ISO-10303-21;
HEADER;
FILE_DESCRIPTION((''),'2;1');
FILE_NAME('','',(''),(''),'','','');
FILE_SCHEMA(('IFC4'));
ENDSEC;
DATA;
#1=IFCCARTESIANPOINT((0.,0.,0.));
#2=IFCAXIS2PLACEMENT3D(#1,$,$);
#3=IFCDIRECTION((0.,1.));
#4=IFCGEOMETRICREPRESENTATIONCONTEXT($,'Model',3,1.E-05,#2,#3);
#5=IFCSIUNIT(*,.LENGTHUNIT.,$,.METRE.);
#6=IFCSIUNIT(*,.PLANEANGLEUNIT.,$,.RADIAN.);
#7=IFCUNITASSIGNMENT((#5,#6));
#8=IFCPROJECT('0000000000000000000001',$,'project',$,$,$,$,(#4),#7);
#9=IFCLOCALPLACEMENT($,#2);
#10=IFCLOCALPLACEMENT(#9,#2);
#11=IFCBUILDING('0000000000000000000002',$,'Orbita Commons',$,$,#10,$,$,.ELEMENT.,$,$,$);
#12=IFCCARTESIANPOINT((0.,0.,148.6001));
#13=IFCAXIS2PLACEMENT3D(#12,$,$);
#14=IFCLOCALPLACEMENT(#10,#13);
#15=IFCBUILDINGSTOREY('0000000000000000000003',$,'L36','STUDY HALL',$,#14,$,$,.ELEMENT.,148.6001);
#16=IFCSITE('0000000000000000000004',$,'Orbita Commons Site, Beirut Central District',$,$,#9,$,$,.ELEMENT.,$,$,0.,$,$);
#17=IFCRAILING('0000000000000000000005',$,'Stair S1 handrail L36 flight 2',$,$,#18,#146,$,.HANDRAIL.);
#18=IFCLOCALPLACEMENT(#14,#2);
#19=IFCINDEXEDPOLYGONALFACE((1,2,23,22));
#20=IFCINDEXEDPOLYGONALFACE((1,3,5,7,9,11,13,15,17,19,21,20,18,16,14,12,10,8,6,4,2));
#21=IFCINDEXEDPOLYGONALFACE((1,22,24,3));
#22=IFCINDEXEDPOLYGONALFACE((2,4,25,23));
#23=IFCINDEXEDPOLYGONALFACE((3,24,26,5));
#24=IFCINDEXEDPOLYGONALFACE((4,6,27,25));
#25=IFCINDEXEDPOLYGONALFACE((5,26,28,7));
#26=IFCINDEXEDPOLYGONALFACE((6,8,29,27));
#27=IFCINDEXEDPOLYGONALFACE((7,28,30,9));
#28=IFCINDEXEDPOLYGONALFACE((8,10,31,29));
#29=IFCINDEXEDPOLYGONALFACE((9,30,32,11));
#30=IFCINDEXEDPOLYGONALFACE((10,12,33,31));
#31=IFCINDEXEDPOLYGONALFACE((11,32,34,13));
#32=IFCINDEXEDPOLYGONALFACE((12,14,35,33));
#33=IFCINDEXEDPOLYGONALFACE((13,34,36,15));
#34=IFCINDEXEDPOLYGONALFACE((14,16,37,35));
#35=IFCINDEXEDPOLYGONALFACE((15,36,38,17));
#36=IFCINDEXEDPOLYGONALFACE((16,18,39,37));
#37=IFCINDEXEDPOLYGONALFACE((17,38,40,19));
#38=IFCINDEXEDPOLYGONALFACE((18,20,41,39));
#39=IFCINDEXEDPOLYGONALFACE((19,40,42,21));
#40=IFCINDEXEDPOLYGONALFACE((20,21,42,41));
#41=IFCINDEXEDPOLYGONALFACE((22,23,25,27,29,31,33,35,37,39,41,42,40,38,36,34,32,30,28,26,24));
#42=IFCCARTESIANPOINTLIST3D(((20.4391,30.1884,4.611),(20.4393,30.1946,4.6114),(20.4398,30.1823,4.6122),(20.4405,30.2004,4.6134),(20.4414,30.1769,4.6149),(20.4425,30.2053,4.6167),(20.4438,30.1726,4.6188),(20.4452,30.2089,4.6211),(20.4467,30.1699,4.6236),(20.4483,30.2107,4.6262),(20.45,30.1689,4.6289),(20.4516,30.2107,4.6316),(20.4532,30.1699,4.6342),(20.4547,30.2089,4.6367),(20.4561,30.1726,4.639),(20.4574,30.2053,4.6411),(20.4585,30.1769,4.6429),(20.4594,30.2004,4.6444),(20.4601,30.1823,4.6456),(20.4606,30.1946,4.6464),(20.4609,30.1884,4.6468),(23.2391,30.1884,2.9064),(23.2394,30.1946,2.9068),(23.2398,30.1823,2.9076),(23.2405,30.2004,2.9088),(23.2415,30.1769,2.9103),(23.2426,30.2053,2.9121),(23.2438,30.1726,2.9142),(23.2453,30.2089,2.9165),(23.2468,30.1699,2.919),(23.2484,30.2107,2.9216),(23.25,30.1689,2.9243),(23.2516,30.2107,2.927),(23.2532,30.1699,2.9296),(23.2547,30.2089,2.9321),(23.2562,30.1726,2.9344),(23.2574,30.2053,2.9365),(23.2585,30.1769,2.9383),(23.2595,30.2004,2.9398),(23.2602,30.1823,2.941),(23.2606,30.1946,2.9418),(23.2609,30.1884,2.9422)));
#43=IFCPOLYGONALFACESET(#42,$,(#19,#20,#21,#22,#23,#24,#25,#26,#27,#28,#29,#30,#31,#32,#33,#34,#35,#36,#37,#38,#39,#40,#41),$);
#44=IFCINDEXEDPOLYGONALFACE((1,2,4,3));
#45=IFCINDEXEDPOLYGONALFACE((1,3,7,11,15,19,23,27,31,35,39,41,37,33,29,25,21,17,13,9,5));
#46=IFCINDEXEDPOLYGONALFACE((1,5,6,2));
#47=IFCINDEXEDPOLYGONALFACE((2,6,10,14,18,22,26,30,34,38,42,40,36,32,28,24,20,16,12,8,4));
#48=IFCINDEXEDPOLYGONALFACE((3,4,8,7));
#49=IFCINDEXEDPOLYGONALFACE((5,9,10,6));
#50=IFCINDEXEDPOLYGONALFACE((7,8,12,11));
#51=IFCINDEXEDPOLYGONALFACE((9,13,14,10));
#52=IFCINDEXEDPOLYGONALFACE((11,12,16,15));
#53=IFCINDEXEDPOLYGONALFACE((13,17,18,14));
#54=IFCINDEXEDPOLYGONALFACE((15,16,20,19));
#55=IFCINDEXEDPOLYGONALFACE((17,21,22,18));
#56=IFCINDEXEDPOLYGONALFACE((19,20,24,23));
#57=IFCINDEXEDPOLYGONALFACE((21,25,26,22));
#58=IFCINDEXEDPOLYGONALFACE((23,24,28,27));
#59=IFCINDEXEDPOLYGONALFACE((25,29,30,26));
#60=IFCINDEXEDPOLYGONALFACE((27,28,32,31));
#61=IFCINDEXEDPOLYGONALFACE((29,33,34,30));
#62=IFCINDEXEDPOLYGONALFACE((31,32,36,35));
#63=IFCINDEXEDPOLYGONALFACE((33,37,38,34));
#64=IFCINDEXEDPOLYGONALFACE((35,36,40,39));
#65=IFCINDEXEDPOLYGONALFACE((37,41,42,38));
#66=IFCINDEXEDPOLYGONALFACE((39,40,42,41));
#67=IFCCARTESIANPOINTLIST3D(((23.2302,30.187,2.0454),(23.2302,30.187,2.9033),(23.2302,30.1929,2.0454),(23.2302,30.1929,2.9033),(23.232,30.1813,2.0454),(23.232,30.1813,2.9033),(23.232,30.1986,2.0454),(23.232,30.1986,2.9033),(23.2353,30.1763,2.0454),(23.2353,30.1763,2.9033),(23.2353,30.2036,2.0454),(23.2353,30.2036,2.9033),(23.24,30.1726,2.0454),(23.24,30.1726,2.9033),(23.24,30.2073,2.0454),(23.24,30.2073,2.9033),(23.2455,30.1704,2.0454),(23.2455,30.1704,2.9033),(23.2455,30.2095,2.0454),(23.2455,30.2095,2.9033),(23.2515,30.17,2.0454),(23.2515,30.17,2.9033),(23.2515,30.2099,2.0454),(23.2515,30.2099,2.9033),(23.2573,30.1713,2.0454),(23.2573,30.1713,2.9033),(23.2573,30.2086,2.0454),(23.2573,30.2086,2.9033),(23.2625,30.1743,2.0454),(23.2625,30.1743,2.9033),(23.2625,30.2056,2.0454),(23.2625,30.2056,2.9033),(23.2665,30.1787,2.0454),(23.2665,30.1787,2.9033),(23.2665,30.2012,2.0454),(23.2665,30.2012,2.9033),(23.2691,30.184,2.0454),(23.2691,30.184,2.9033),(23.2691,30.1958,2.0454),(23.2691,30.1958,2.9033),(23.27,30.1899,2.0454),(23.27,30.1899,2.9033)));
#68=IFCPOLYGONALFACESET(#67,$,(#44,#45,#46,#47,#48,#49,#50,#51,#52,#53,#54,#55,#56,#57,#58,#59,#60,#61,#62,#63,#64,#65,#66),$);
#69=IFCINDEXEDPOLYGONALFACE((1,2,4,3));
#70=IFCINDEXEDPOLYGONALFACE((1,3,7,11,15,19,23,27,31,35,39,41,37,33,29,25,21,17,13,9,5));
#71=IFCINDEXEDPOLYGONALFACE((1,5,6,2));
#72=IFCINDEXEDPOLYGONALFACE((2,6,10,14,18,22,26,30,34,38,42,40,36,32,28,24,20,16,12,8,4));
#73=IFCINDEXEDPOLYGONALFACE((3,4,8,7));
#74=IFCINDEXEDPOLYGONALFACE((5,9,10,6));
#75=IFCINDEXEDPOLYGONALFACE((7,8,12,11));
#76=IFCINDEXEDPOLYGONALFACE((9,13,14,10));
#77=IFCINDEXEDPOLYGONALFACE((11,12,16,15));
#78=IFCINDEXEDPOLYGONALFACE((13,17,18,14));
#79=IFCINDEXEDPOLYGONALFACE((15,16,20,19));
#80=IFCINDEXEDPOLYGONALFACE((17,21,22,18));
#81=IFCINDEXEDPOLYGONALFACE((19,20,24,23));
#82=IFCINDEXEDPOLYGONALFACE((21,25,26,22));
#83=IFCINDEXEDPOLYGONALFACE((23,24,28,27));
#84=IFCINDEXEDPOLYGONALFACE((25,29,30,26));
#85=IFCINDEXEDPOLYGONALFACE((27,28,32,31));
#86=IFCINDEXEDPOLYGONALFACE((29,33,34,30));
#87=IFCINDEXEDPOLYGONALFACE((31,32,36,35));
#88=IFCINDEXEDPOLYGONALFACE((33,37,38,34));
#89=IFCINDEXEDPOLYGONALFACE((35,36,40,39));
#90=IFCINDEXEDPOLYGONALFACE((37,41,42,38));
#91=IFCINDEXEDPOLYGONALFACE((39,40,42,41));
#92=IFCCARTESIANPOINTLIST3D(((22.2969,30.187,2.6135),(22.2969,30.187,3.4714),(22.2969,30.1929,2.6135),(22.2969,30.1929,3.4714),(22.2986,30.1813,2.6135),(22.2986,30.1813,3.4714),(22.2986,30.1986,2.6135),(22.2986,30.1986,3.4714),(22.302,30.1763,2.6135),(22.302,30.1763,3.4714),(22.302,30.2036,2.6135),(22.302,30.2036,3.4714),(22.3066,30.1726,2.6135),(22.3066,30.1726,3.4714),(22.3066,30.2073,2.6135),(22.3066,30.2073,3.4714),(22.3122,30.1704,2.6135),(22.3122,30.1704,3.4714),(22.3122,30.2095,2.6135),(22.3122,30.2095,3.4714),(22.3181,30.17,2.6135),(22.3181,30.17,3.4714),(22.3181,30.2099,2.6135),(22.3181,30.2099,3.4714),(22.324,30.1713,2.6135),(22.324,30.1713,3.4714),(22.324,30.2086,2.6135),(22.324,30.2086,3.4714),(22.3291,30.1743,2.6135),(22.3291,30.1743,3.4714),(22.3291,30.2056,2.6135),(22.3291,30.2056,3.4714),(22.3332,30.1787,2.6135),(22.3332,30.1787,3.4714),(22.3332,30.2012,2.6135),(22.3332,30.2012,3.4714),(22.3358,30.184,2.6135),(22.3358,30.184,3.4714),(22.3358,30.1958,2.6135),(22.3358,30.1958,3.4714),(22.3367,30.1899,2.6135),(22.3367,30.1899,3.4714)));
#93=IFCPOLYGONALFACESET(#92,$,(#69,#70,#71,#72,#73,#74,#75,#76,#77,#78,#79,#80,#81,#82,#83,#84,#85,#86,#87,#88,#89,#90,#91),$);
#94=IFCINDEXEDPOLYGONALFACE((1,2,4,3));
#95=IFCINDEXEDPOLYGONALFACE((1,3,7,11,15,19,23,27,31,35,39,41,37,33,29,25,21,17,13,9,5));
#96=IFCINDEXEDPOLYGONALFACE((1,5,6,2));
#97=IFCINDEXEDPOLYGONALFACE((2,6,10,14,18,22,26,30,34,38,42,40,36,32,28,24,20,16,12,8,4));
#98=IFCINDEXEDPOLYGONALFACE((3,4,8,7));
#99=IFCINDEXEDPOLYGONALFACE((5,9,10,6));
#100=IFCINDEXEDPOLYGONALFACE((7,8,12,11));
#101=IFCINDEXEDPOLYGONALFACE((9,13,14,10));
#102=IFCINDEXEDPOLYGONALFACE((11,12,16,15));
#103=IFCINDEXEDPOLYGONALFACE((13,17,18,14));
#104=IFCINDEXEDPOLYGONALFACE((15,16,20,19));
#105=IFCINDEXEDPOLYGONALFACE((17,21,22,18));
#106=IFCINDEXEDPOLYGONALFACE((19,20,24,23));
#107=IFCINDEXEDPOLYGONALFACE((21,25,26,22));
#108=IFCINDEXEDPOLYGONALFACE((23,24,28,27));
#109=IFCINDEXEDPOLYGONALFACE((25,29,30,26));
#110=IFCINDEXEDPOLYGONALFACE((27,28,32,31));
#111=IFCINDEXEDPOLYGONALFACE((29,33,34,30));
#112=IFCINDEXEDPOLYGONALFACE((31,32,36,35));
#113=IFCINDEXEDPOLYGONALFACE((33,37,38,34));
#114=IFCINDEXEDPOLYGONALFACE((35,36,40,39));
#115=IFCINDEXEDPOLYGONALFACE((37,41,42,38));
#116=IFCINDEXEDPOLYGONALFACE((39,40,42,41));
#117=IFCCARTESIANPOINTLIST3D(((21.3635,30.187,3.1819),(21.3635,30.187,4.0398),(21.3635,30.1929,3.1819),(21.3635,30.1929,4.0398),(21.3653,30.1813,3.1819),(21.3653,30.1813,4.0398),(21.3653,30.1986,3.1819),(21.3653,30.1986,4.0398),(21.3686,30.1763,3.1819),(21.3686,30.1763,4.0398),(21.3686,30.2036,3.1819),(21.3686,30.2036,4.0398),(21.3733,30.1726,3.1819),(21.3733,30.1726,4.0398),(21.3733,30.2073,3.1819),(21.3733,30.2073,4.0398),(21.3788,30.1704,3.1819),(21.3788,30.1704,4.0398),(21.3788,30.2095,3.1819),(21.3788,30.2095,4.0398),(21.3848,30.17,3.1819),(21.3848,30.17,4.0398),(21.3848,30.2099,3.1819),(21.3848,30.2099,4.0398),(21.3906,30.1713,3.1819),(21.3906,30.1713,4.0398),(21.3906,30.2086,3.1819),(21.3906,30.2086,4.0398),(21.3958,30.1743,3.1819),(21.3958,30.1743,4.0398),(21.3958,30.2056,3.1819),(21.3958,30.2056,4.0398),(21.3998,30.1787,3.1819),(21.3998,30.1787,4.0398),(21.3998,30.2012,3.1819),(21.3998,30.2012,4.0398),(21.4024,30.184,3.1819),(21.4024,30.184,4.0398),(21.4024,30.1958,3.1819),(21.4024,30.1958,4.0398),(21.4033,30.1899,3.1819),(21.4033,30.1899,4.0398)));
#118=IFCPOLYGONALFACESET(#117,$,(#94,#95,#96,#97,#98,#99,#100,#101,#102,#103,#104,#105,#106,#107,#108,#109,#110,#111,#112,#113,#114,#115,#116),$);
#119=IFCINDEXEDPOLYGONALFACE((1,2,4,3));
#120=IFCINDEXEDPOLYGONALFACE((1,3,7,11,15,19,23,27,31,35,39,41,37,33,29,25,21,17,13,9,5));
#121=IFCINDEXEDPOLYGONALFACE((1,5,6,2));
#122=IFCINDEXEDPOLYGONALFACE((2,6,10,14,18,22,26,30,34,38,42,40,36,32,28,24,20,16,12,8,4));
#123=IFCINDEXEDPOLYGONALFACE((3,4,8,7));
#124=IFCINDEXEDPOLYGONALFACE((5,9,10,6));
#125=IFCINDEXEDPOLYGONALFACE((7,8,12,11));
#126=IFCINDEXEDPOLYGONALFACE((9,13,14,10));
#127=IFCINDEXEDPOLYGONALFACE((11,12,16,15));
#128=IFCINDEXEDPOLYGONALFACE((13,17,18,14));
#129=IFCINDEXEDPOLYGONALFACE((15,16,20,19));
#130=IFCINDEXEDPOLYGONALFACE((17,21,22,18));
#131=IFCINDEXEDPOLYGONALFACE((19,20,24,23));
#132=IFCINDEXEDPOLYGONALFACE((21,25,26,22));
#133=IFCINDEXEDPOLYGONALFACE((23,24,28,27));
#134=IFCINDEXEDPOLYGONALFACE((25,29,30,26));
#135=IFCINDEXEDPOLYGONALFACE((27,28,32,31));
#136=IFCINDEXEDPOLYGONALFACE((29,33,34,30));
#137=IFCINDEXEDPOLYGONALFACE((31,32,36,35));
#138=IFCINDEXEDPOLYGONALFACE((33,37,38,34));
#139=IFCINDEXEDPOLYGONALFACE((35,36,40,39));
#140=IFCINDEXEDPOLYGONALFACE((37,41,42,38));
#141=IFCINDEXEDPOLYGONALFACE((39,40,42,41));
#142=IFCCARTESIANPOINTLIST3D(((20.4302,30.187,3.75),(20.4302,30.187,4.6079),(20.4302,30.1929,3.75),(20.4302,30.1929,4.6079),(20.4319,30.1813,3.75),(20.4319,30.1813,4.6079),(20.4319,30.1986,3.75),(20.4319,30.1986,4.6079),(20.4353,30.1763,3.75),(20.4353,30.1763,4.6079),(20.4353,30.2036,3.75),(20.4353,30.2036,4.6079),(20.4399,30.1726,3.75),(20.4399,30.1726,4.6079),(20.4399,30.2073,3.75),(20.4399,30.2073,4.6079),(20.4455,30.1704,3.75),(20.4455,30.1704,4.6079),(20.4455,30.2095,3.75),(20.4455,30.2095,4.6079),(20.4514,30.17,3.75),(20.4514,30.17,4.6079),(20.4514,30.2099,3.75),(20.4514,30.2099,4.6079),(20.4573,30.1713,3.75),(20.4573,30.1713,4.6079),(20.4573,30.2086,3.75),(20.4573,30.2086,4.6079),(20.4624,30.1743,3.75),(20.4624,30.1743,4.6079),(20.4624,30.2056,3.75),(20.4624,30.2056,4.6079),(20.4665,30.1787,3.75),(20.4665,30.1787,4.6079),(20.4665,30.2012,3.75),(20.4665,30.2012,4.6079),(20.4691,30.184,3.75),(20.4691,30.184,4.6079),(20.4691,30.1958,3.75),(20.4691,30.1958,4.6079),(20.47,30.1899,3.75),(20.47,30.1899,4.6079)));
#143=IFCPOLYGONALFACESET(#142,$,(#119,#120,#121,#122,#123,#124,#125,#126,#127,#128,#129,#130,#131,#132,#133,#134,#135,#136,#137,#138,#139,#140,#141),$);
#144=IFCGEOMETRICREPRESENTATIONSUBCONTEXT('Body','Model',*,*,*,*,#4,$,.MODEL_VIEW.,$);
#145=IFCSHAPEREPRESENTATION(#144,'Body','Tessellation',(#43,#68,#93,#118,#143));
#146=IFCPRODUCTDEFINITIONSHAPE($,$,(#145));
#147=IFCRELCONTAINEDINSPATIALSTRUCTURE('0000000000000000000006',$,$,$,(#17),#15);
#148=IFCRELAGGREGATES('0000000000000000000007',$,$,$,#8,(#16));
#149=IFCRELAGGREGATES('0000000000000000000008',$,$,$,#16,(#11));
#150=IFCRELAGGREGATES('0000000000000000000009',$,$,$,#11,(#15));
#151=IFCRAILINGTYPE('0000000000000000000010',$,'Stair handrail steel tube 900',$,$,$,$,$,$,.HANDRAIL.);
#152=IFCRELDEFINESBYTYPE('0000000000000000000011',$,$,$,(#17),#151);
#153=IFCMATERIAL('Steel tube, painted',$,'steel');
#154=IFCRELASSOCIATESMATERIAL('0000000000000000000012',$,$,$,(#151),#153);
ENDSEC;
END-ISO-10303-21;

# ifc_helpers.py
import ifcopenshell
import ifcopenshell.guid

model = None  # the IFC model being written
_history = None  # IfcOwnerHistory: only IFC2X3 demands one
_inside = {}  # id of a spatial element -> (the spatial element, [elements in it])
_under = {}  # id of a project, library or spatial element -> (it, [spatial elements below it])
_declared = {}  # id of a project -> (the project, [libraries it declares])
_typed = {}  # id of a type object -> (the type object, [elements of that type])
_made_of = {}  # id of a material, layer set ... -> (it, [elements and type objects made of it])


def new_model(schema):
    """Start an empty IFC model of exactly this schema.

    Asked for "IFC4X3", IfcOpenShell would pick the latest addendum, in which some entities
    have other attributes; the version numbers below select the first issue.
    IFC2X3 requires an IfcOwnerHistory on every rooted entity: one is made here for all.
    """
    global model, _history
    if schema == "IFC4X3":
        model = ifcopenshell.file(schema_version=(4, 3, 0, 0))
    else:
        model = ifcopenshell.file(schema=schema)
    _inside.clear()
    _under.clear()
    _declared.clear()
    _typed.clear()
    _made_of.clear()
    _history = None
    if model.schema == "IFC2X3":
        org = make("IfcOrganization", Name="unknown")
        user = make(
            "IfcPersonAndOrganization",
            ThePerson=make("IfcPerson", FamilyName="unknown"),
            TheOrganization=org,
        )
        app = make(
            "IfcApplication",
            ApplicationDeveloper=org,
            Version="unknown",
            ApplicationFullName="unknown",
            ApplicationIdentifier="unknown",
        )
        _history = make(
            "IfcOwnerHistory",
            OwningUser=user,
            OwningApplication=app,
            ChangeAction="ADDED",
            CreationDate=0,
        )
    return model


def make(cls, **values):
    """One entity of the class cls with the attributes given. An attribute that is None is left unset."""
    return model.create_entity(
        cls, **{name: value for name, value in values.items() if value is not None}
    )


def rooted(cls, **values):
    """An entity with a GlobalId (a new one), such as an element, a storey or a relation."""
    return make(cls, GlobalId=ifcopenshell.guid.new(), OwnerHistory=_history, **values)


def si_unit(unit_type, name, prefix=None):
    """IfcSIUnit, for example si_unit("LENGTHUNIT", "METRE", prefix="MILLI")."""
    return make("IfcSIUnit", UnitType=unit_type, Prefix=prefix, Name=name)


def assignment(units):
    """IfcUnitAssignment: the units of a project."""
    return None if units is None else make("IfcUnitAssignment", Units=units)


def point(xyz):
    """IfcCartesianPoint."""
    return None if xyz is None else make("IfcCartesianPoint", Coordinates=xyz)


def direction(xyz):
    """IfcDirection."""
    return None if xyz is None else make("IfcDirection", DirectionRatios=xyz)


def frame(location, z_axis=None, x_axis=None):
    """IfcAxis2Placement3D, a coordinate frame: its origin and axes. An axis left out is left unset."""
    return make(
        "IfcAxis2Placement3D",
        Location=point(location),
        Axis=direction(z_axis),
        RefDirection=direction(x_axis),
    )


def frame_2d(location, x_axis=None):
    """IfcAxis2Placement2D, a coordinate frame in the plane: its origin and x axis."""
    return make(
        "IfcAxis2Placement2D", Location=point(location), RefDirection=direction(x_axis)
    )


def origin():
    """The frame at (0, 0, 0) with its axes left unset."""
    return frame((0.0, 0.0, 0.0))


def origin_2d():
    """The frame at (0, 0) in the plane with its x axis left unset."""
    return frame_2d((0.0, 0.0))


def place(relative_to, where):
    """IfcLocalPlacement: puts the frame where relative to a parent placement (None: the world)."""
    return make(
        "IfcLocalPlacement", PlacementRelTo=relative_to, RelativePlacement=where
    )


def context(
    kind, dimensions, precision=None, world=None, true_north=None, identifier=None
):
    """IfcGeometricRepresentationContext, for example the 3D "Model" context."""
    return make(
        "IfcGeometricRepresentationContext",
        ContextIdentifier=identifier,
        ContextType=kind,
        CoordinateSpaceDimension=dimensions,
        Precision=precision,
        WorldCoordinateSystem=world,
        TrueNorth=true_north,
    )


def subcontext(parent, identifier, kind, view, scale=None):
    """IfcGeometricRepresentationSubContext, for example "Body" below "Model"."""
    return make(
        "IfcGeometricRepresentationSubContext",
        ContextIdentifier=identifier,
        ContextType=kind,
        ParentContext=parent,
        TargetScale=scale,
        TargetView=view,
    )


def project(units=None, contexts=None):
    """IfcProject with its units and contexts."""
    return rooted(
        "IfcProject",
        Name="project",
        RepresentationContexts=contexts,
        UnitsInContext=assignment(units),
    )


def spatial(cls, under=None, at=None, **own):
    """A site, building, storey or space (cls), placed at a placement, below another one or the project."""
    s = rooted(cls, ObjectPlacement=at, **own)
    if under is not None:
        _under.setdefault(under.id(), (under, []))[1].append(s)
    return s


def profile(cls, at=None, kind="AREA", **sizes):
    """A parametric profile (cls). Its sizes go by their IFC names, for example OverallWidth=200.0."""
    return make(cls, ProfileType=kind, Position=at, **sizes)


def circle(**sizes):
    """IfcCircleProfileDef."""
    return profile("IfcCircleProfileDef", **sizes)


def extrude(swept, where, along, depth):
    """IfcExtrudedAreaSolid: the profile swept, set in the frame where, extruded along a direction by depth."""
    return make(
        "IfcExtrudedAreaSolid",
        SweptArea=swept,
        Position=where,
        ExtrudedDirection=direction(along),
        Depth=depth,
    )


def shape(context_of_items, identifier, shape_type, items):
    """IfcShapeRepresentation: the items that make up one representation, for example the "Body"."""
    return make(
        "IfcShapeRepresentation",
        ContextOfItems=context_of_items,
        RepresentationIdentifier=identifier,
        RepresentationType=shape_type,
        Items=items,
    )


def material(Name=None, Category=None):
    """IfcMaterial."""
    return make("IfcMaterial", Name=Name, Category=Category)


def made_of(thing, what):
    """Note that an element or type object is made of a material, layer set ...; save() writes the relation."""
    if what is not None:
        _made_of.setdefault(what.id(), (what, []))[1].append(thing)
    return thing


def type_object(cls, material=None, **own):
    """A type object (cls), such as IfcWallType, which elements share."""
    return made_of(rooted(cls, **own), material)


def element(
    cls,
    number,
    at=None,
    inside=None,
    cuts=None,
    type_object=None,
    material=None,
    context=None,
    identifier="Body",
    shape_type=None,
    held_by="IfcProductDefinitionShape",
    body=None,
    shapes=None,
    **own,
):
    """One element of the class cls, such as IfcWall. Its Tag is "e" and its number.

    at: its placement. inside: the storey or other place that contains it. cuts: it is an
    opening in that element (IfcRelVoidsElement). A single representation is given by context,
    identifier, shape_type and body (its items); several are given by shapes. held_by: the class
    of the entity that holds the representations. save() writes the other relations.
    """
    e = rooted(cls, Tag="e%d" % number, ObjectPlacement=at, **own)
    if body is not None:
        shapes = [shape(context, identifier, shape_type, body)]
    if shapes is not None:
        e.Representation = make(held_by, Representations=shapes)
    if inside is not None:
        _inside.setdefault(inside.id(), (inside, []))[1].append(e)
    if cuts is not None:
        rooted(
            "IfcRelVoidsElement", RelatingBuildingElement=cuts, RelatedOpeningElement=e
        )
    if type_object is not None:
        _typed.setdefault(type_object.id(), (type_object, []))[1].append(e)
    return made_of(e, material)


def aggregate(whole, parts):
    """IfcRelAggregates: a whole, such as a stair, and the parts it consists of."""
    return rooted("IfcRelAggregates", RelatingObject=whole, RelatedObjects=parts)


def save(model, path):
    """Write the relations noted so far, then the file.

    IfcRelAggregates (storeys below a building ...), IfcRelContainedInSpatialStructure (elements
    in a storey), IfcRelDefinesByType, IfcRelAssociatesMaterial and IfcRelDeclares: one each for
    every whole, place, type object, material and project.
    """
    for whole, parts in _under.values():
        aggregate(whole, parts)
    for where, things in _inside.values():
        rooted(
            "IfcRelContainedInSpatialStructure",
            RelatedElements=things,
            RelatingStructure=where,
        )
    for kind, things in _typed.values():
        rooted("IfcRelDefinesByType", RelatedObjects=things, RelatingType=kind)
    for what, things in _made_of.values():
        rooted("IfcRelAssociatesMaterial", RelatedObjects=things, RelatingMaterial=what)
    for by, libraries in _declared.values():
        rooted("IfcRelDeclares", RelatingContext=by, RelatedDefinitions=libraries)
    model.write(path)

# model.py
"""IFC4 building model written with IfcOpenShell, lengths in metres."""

from ifc_helpers import new_model, si_unit, direction, frame, origin, origin_2d, place, context, subcontext, project, spatial, circle, extrude, material, type_object, element, save


model = new_model("IFC4")

# Units and contexts
model_context = context("Model", 3, precision=1e-05, world=origin(), true_north=direction((0.0, 1.0)))
body_context = subcontext(model_context, "Body", "Model", "MODEL_VIEW")
ifc_project = project(units=[si_unit("LENGTHUNIT", "METRE"), si_unit("PLANEANGLEUNIT", "RADIAN")], contexts=[model_context])

# Site, building, storey
site_placement = place(None, origin())
site = spatial("IfcSite", under=ifc_project, at=site_placement, Name="Orbita Commons Site, Beirut Central District", CompositionType="ELEMENT", RefElevation=0.0)
building_placement = place(site_placement, origin())
building = spatial("IfcBuilding", under=site, at=building_placement, Name="Orbita Commons", CompositionType="ELEMENT")
storey_placement = place(building_placement, frame((0.0, 0.0, 148.6001)))
storey = spatial("IfcBuildingStorey", under=building, at=storey_placement, Name="L36", Description="STUDY HALL", CompositionType="ELEMENT", Elevation=148.6001)

# Railing
ifc_material_1 = material(Name="Steel tube, painted", Category="steel")
railing_type = type_object("IfcRailingType", Name="Stair handrail steel tube 900", PredefinedType="HANDRAIL", material=ifc_material_1)
for number, where, name in (
    (1, (23.25, 30.1899, 2.0454), "Stair S1 handrail L36 flight 2"),
):
    element("IfcRailing", number, at=place(storey_placement, frame(where)), inside=storey, type_object=railing_type, Name=name, PredefinedType="HANDRAIL", context=body_context, shape_type="SweptSolid", body=[
        extrude(circle(Radius=0.021, at=origin_2d()), frame((0.0, 0.0, 0.8789), z_axis=(-0.85417, 0.0, 0.519994), x_axis=(0.0, -1.0, 0.0)), (0.0, 0.0, 1.0), 3.2781),
        extrude(circle(Radius=0.02, at=origin_2d()), origin(), (0.0, 0.0, 1.0), 0.8579),
        extrude(circle(Radius=0.02, at=origin_2d()), frame((-0.9333, 0.0, 0.5681)), (0.0, 0.0, 1.0), 0.8579),
        extrude(circle(Radius=0.02, at=origin_2d()), frame((-1.8667, 0.0, 1.1365)), (0.0, 0.0, 1.0), 0.8579),
        extrude(circle(Radius=0.02, at=origin_2d()), frame((-2.8, 0.0, 1.7046)), (0.0, 0.0, 1.0), 0.8579),
    ])

save(model, "model.ifc")
